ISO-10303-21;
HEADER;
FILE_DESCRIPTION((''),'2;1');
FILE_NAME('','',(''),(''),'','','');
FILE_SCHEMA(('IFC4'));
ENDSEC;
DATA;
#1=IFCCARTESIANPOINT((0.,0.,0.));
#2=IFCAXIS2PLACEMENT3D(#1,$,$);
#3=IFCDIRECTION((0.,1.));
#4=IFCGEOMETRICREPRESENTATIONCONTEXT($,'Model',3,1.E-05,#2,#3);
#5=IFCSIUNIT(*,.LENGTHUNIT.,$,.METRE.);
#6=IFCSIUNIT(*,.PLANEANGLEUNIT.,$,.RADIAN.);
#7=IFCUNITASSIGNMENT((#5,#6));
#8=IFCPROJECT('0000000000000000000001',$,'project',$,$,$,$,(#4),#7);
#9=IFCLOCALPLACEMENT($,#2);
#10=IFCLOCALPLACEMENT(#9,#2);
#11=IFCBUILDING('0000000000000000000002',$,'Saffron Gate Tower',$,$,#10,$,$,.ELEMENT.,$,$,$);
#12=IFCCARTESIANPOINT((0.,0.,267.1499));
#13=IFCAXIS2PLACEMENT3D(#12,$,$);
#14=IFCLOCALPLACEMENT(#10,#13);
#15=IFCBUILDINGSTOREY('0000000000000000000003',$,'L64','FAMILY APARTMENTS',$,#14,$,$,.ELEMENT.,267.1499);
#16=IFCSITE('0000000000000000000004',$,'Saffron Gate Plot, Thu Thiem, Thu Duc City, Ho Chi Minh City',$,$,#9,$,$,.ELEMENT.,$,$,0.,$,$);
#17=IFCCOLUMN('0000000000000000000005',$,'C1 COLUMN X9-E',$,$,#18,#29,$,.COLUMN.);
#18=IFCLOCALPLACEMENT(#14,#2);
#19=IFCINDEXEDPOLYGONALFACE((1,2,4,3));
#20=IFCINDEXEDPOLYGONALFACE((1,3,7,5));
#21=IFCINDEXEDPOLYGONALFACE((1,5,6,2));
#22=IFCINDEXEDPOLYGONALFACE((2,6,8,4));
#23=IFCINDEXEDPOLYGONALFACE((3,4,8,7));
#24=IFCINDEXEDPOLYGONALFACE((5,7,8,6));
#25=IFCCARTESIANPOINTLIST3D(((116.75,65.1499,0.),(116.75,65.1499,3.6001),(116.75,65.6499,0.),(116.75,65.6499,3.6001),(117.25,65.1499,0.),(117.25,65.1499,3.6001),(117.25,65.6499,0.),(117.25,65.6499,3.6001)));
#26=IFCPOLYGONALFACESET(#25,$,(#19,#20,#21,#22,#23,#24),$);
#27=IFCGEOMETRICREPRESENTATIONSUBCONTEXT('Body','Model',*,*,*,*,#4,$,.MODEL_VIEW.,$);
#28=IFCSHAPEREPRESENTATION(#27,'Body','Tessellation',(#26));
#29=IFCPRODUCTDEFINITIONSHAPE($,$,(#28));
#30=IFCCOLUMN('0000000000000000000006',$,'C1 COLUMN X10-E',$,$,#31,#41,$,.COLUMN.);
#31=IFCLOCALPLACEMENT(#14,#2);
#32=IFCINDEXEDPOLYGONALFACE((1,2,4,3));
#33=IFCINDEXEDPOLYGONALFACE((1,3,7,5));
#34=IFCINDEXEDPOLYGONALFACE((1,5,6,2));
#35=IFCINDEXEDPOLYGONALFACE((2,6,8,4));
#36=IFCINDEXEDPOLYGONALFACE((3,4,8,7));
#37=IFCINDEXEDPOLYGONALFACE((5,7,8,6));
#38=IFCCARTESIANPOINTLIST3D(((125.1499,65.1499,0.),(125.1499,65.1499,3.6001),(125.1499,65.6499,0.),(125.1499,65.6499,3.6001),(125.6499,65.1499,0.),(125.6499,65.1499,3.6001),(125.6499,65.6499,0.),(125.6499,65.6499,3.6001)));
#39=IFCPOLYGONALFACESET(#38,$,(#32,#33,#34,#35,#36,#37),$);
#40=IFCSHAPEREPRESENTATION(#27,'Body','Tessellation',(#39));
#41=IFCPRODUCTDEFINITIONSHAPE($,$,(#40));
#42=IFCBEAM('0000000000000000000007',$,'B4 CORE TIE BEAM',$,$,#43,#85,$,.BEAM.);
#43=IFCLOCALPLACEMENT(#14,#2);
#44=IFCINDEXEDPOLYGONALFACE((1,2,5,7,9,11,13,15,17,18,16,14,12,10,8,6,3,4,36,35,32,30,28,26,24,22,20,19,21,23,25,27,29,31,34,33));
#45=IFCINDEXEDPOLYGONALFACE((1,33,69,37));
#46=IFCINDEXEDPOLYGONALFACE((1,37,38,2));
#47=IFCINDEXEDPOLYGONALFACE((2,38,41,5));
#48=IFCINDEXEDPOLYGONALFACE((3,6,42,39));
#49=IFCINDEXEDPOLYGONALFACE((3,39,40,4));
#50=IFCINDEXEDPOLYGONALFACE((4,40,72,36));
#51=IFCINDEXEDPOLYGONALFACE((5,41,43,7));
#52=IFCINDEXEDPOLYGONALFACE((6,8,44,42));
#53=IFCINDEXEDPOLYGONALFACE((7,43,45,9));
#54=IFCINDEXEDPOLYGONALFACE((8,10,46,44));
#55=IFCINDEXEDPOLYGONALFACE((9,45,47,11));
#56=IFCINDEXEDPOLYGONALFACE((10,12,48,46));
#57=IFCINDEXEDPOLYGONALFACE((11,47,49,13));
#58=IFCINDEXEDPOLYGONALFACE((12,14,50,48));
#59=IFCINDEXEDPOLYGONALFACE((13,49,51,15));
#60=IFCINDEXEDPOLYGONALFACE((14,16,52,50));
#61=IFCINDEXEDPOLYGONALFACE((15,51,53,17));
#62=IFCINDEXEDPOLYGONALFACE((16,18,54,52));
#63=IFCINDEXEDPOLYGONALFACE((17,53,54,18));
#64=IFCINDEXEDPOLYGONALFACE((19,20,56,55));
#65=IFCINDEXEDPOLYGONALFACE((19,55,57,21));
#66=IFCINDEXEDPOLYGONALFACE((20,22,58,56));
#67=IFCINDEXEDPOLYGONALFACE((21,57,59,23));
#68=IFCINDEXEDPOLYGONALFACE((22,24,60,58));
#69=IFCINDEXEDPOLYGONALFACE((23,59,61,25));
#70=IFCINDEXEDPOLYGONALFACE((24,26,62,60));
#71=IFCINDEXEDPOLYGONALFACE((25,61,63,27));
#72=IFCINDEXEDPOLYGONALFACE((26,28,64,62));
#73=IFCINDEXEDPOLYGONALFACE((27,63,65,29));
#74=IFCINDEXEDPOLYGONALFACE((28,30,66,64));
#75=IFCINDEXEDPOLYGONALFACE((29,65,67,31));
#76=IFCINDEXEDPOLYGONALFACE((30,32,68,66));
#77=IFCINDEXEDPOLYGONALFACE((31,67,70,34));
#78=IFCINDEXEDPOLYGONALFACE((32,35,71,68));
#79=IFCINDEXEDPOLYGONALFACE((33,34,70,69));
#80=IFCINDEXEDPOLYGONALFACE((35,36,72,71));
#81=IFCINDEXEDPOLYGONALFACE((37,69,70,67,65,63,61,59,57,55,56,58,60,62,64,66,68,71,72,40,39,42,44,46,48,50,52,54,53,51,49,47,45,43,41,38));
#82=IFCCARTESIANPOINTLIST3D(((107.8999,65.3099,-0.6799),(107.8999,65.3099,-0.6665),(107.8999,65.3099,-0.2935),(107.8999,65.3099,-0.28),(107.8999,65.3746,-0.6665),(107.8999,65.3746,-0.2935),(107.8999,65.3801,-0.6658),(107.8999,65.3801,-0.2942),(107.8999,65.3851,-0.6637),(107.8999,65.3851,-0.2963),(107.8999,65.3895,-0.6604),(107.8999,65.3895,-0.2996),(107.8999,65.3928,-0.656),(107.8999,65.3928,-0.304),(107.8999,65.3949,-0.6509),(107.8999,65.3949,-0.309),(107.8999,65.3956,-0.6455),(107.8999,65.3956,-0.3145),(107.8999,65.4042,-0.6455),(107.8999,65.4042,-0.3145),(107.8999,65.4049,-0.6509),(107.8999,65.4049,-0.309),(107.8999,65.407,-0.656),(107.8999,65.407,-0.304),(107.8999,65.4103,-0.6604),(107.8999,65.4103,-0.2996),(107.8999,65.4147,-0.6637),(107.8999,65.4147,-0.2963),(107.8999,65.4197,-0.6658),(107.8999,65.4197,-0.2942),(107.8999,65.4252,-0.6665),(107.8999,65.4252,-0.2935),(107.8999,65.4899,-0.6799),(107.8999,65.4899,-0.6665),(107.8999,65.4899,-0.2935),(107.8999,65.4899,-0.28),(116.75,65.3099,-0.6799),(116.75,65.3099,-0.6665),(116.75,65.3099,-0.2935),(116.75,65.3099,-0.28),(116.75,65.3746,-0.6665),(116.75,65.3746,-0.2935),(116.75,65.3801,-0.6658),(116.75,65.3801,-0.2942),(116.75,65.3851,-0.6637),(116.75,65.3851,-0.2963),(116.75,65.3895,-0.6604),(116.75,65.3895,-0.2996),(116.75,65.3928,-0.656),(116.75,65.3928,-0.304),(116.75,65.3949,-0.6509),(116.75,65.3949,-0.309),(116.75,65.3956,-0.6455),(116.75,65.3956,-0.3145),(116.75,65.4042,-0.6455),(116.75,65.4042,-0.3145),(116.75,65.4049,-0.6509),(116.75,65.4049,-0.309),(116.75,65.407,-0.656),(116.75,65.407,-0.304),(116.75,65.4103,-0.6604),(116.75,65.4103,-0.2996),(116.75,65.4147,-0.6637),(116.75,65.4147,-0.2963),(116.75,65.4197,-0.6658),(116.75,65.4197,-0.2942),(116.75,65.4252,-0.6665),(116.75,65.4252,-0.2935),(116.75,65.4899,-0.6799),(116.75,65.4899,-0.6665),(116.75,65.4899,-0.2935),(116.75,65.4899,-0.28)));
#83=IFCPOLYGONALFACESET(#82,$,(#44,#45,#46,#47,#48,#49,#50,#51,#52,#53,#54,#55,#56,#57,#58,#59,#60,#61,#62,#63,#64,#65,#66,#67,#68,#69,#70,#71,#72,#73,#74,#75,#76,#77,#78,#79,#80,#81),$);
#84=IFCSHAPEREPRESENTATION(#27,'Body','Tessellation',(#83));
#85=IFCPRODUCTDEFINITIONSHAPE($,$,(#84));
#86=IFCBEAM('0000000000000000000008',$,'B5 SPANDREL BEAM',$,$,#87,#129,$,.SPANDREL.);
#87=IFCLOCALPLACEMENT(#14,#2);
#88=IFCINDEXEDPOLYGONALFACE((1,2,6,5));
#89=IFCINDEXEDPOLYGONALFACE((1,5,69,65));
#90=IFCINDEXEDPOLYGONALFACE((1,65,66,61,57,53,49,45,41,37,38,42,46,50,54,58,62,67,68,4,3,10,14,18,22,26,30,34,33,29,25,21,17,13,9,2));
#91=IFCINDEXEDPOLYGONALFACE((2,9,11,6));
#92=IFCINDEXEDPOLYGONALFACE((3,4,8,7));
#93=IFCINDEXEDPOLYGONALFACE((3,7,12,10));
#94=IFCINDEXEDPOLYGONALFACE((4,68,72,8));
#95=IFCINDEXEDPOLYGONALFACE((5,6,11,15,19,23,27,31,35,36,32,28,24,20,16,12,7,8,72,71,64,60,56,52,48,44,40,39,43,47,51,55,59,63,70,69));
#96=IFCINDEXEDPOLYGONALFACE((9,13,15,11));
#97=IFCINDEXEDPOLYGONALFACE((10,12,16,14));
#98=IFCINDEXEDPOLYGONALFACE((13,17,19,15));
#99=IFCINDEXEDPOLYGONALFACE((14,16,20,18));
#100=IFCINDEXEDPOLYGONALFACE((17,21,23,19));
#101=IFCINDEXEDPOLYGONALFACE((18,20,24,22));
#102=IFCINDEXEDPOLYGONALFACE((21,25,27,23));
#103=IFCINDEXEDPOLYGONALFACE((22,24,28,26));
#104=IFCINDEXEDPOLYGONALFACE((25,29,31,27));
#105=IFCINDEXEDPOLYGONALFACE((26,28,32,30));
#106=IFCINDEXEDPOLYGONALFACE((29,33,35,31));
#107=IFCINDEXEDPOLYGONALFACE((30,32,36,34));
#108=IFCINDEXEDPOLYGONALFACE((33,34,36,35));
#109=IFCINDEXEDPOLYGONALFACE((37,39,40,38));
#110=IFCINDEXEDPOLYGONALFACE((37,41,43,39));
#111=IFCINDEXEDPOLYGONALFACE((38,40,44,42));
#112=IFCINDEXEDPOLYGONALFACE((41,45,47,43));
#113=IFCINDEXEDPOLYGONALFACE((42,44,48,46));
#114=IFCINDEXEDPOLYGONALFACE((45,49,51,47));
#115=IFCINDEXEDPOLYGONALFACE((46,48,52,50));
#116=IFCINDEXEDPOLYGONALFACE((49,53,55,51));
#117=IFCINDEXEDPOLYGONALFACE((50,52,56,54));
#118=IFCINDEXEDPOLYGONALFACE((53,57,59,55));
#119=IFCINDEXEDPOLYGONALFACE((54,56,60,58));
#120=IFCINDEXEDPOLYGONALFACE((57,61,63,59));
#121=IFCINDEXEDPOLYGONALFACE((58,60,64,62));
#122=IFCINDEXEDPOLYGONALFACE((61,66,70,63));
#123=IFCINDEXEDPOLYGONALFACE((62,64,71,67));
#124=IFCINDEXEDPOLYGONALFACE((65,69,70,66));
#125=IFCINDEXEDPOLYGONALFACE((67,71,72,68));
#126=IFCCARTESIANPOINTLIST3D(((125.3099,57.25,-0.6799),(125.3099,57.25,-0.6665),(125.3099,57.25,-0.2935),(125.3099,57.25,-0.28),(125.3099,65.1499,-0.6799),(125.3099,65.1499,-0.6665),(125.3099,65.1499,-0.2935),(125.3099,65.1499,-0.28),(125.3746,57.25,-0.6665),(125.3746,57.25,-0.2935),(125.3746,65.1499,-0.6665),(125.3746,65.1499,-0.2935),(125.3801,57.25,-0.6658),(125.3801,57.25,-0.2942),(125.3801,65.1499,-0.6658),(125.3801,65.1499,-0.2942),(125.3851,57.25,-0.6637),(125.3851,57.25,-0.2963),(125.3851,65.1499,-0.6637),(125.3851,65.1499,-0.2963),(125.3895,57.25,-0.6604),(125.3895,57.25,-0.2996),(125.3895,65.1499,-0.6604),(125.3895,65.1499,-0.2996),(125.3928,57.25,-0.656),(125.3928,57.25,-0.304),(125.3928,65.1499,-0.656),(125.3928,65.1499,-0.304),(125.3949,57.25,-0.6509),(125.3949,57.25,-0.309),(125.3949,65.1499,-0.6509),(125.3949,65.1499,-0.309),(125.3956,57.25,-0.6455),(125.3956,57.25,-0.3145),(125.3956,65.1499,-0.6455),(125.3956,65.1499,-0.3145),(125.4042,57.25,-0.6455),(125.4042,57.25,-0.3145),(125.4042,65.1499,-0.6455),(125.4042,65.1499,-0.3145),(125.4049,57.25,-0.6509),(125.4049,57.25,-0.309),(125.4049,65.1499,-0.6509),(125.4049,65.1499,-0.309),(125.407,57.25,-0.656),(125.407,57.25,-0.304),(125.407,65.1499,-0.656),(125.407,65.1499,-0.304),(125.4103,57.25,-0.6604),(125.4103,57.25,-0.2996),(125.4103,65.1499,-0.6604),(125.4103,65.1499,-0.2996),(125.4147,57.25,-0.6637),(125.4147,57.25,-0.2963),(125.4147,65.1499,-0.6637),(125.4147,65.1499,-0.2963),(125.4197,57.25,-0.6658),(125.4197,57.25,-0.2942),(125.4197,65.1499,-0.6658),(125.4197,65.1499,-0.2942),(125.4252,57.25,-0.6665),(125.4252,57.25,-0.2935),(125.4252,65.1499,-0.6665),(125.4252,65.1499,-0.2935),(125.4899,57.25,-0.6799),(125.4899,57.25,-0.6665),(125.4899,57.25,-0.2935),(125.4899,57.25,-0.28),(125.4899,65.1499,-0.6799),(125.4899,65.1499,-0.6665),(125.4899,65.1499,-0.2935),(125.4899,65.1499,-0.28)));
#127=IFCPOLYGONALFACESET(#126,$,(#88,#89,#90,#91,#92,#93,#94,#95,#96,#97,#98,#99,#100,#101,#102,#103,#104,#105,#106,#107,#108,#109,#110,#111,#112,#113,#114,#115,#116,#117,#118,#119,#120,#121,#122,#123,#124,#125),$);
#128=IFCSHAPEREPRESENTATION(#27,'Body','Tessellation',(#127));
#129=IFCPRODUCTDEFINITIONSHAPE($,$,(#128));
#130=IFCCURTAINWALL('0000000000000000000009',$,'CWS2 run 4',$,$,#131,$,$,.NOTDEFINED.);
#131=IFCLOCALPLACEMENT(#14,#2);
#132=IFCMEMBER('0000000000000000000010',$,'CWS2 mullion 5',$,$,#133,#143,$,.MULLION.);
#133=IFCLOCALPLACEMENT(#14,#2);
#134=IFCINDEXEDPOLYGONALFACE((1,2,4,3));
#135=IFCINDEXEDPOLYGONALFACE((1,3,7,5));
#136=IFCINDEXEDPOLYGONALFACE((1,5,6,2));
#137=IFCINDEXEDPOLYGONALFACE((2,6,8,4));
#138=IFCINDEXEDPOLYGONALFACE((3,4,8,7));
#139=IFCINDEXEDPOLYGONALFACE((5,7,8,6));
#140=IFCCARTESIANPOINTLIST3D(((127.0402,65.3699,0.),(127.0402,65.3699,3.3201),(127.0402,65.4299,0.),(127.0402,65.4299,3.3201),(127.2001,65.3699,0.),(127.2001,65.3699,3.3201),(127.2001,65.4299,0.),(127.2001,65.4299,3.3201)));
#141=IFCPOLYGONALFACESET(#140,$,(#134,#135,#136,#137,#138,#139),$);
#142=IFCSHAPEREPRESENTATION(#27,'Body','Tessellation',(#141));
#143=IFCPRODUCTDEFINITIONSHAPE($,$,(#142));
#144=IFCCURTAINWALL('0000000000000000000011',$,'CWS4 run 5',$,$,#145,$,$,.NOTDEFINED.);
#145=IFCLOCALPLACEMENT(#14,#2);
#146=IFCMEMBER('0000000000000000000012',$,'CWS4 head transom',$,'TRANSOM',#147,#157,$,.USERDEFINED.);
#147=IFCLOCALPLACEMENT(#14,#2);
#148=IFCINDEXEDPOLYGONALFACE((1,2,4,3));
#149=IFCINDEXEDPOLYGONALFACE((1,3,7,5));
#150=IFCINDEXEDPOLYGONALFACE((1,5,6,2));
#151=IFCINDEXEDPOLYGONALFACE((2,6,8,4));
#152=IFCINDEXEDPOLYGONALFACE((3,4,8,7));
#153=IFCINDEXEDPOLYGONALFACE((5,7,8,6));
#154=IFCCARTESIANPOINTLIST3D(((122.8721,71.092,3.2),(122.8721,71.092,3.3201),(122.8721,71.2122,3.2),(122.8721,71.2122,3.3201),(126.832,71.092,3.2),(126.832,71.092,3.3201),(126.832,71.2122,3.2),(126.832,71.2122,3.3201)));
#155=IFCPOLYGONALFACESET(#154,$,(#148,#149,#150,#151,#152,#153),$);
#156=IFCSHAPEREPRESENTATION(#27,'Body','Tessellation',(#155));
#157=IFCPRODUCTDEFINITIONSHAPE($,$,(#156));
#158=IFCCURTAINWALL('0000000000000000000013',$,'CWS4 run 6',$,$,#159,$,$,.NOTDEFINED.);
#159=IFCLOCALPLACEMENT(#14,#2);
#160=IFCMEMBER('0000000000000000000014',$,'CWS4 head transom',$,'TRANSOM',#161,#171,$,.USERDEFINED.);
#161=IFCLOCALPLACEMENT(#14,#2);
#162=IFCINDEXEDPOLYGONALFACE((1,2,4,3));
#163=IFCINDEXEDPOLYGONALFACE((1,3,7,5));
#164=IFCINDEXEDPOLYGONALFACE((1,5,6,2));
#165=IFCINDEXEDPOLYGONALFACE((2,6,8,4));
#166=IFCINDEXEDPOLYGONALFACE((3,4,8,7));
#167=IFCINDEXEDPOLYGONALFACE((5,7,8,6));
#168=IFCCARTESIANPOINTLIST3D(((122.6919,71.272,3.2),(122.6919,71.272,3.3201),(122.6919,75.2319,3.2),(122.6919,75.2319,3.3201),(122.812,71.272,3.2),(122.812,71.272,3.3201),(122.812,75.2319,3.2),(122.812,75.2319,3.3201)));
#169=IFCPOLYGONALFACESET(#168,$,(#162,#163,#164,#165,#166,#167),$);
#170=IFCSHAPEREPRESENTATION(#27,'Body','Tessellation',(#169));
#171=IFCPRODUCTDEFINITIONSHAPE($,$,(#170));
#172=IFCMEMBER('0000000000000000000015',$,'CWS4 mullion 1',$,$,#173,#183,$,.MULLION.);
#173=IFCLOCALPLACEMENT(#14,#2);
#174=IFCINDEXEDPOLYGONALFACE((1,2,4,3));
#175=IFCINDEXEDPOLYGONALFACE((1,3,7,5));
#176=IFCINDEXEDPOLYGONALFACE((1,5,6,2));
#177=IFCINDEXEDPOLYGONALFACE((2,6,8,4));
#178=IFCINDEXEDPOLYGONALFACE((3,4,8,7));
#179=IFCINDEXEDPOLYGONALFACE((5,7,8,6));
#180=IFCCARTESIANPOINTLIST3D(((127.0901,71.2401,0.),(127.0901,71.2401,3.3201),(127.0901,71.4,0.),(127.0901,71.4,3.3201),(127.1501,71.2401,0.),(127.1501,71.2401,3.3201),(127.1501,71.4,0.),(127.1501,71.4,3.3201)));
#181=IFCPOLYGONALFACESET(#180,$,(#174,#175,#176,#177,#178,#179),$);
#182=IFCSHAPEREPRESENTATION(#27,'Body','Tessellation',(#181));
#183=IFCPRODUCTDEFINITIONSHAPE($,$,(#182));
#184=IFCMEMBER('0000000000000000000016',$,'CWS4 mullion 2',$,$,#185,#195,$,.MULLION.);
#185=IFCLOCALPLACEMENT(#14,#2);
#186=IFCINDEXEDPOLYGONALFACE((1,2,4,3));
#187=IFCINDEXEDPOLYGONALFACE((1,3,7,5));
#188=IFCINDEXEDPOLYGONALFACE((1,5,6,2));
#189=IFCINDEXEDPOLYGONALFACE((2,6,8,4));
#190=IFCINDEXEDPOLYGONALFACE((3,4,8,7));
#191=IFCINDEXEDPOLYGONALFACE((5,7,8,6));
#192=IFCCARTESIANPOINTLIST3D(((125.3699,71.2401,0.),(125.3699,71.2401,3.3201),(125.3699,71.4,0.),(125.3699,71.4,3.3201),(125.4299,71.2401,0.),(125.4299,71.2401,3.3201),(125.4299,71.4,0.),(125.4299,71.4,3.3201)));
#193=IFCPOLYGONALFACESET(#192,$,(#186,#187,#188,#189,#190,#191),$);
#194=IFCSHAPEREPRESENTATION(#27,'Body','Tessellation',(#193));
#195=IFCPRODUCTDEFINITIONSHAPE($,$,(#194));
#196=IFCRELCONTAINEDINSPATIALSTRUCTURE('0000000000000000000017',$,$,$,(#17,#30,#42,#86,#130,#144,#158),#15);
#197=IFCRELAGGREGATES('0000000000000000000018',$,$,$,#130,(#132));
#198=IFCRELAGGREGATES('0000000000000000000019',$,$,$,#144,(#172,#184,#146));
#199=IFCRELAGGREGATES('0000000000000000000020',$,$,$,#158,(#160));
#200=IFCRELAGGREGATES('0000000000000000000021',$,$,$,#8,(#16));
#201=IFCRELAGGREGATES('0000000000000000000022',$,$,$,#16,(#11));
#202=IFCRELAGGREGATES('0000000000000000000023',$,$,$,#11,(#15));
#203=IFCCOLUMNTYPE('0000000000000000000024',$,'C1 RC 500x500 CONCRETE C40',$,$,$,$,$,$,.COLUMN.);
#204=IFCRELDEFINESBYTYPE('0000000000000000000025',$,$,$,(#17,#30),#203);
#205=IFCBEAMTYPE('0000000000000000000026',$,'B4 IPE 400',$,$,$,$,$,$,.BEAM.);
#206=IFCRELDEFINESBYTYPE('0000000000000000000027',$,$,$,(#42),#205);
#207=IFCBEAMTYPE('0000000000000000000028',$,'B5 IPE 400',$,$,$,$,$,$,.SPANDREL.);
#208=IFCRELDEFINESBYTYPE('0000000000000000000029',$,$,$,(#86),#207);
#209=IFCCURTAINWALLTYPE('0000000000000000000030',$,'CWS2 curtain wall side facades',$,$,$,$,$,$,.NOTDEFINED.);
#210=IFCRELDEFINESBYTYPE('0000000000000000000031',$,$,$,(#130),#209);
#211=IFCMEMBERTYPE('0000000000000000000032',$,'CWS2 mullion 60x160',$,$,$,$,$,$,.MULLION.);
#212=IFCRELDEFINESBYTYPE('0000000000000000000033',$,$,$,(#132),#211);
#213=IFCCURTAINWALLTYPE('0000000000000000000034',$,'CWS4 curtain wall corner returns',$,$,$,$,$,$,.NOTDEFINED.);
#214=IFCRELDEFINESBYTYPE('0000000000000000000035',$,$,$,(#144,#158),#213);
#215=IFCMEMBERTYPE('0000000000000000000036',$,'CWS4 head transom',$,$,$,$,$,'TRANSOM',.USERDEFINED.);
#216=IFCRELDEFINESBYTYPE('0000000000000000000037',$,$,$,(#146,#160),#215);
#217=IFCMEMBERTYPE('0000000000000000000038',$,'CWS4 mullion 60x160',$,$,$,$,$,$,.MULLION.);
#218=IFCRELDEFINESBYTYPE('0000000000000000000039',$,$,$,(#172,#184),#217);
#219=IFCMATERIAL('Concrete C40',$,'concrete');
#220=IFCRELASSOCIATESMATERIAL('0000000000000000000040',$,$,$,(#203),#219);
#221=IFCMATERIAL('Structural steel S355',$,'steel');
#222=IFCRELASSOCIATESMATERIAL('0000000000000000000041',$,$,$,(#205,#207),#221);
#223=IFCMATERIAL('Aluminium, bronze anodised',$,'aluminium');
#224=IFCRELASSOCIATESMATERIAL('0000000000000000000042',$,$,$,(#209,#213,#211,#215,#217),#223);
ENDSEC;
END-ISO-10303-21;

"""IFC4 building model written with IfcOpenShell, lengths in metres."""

from ifc_helpers import new_model, si_unit, direction, frame, origin, origin_2d, place, context, subcontext, project, spatial, rectangle, i_section, extrude, material, material_profile, profile_set, type_object, element, aggregate, save


model = new_model("IFC4")

# Units and contexts
model_context = context("Model", 3, precision=1e-05, world=origin(), true_north=direction((0.0, 1.0)))
body_context = subcontext(model_context, "Body", "Model", "MODEL_VIEW")
ifc_project = project(units=[si_unit("LENGTHUNIT", "METRE"), si_unit("PLANEANGLEUNIT", "RADIAN")], contexts=[model_context])

# Site, building, storey
site_placement = place(None, origin())
site = spatial("IfcSite", under=ifc_project, at=site_placement, Name="Saffron Gate Plot, Thu Thiem, Thu Duc City, Ho Chi Minh City", CompositionType="ELEMENT", RefElevation=0.0)
building_placement = place(site_placement, origin())
building = spatial("IfcBuilding", under=site, at=building_placement, Name="Saffron Gate Tower", CompositionType="ELEMENT")
storey_placement = place(building_placement, frame((0.0, 0.0, 267.1499)))
storey = spatial("IfcBuildingStorey", under=building, at=storey_placement, Name="L64", Description="FAMILY APARTMENTS", CompositionType="ELEMENT", Elevation=267.1499)

# Columns
ifc_material_1 = material(Name="Concrete C40", Category="concrete")
ifc_material_profile_1 = material_profile(ifc_material_1, rectangle(XDim=0.5, YDim=0.5, at=origin_2d()))
ifc_profile_set_1 = profile_set([ifc_material_profile_1], Name="Concrete C40")
column_type = type_object("IfcColumnType", Name="C1 RC 500x500 CONCRETE C40", PredefinedType="COLUMN", material=ifc_profile_set_1)
for number, where, z_axis, x_axis, name in (
    (1, (117.0, 65.3999, 0.0), (0.0, 0.0, 1.0), (1.0, 0.0, 0.0), "C1 COLUMN X9-E"),
    (2, (125.3999, 65.3999, 0.0), (0.0, 0.0, 1.0), (1.0, 0.0, 0.0), "C1 COLUMN X10-E"),
):
    element("IfcColumn", number, at=place(storey_placement, frame(where, z_axis=z_axis, x_axis=x_axis)), inside=storey, type_object=column_type, Name=name, PredefinedType="COLUMN", context=body_context, shape_type="SweptSolid", body=[
        extrude(rectangle(XDim=0.5, YDim=0.5, at=origin_2d()), origin(), (0.0, 0.0, 1.0), 3.6001),
    ])

# Beams
ifc_material_2 = material(Name="Structural steel S355", Category="steel")
ifc_material_profile_2 = material_profile(ifc_material_2, i_section(OverallWidth=0.1799, OverallDepth=0.3999, WebThickness=0.0085, FlangeThickness=0.0134, FilletRadius=0.021, at=origin_2d()))
ifc_profile_set_2 = profile_set([ifc_material_profile_2], Name="Structural steel S355")
beam_type_1 = type_object("IfcBeamType", Name="B4 IPE 400", PredefinedType="BEAM", material=ifc_profile_set_2)
beam_1_placement = place(storey_placement, frame((116.75, 65.3999, -0.48), z_axis=(-1.0, 0.0, 0.0), x_axis=(0.0, -1.0, 0.0)))
element("IfcBeam", 3, at=beam_1_placement, inside=storey, type_object=beam_type_1, Name="B4 CORE TIE BEAM", PredefinedType="BEAM", context=body_context, shape_type="SweptSolid", body=[
    extrude(i_section(OverallWidth=0.1799, OverallDepth=0.3999, WebThickness=0.0085, FlangeThickness=0.0134, FilletRadius=0.021, at=origin_2d()), origin(), (0.0, 0.0, 1.0), 8.8501),
])
ifc_material_profile_3 = material_profile(ifc_material_2, i_section(OverallWidth=0.1799, OverallDepth=0.3999, WebThickness=0.0085, FlangeThickness=0.0134, FilletRadius=0.021, at=origin_2d()))
ifc_profile_set_3 = profile_set([ifc_material_profile_3], Name="Structural steel S355")
beam_type_2 = type_object("IfcBeamType", Name="B5 IPE 400", PredefinedType="SPANDREL", material=ifc_profile_set_3)
beam_2_placement = place(storey_placement, frame((125.3999, 57.25, -0.48), z_axis=(0.0, 1.0, 0.0), x_axis=(-1.0, 0.0, 0.0)))
element("IfcBeam", 4, at=beam_2_placement, inside=storey, type_object=beam_type_2, Name="B5 SPANDREL BEAM", PredefinedType="SPANDREL", context=body_context, shape_type="SweptSolid", body=[
    extrude(i_section(OverallWidth=0.1799, OverallDepth=0.3999, WebThickness=0.0085, FlangeThickness=0.0134, FilletRadius=0.021, at=origin_2d()), origin(), (0.0, 0.0, 1.0), 7.8999),
])

# Curtain walls, members
ifc_material_3 = material(Name="Aluminium, bronze anodised", Category="aluminium")
curtain_wall_type_1 = type_object("IfcCurtainWallType", Name="CWS2 curtain wall side facades", PredefinedType="NOTDEFINED", material=ifc_material_3)
curtain_wall_1_placement = place(storey_placement, origin())
curtain_wall_1 = element("IfcCurtainWall", 5, at=curtain_wall_1_placement, inside=storey, type_object=curtain_wall_type_1, Name="CWS2 run 4", PredefinedType="NOTDEFINED")
ifc_material_profile_4 = material_profile(ifc_material_3, rectangle(XDim=0.1599, YDim=0.0601, at=origin_2d()))
ifc_profile_set_4 = profile_set([ifc_material_profile_4], Name="Aluminium, bronze anodised")
member_type_1 = type_object("IfcMemberType", Name="CWS2 mullion 60x160", PredefinedType="MULLION", material=ifc_profile_set_4)
member_1_placement = place(storey_placement, frame((127.1201, 65.3999, 0.0), z_axis=(0.0, 0.0, 1.0), x_axis=(-1.0, 0.0, 0.0)))
member_1 = element("IfcMember", 6, at=member_1_placement, type_object=member_type_1, Name="CWS2 mullion 5", PredefinedType="MULLION", context=body_context, shape_type="SweptSolid", body=[
    extrude(rectangle(XDim=0.1599, YDim=0.0601, at=origin_2d()), origin(), (0.0, 0.0, 1.0), 3.3201),
])
aggregate(curtain_wall_1, [member_1])
curtain_wall_type_2 = type_object("IfcCurtainWallType", Name="CWS4 curtain wall corner returns", PredefinedType="NOTDEFINED", material=ifc_material_3)
curtain_wall_2_placement = place(storey_placement, origin())
curtain_wall_2 = element("IfcCurtainWall", 7, at=curtain_wall_2_placement, inside=storey, type_object=curtain_wall_type_2, Name="CWS4 run 5", PredefinedType="NOTDEFINED")
ifc_material_profile_5 = material_profile(ifc_material_3, rectangle(XDim=0.1201, YDim=0.1201, at=origin_2d()))
ifc_profile_set_5 = profile_set([ifc_material_profile_5], Name="Aluminium, bronze anodised")
member_type_2 = type_object("IfcMemberType", Name="CWS4 head transom", ElementType="TRANSOM", PredefinedType="USERDEFINED", material=ifc_profile_set_5)
member_2_placement = place(storey_placement, frame((126.832, 71.1521, 3.26), z_axis=(-1.0, 0.0, 0.0), x_axis=(0.0, -1.0, 0.0)))
member_2 = element("IfcMember", 8, at=member_2_placement, type_object=member_type_2, Name="CWS4 head transom", ObjectType="TRANSOM", PredefinedType="USERDEFINED", context=body_context, shape_type="SweptSolid", body=[
    extrude(rectangle(XDim=0.1201, YDim=0.1201, at=origin_2d()), origin(), (0.0, 0.0, 1.0), 3.96),
])
curtain_wall_3_placement = place(storey_placement, origin())
curtain_wall_3 = element("IfcCurtainWall", 9, at=curtain_wall_3_placement, inside=storey, type_object=curtain_wall_type_2, Name="CWS4 run 6", PredefinedType="NOTDEFINED")
member_3_placement = place(storey_placement, frame((122.752, 71.272, 3.26), z_axis=(0.0, 1.0, 0.0), x_axis=(-1.0, 0.0, 0.0)))
member_3 = element("IfcMember", 10, at=member_3_placement, type_object=member_type_2, Name="CWS4 head transom", ObjectType="TRANSOM", PredefinedType="USERDEFINED", context=body_context, shape_type="SweptSolid", body=[
    extrude(rectangle(XDim=0.1201, YDim=0.1201, at=origin_2d()), origin(), (0.0, 0.0, 1.0), 3.96),
])

# Members
ifc_material_profile_6 = material_profile(ifc_material_3, rectangle(XDim=0.1599, YDim=0.0601, at=origin_2d()))
ifc_profile_set_6 = profile_set([ifc_material_profile_6], Name="Aluminium, bronze anodised")
member_type_3 = type_object("IfcMemberType", Name="CWS4 mullion 60x160", PredefinedType="MULLION", material=ifc_profile_set_6)
member_4_placement = place(storey_placement, frame((127.1201, 71.3201, 0.0), z_axis=(0.0, 0.0, 1.0), x_axis=(0.0, -1.0, 0.0)))
member_4 = element("IfcMember", 11, at=member_4_placement, type_object=member_type_3, Name="CWS4 mullion 1", PredefinedType="MULLION", context=body_context, shape_type="SweptSolid", body=[
    extrude(rectangle(XDim=0.1599, YDim=0.0601, at=origin_2d()), origin(), (0.0, 0.0, 1.0), 3.3201),
])
member_5_placement = place(storey_placement, frame((125.3999, 71.3201, 0.0), z_axis=(0.0, 0.0, 1.0), x_axis=(0.0, -1.0, 0.0)))
member_5 = element("IfcMember", 12, at=member_5_placement, type_object=member_type_3, Name="CWS4 mullion 2", PredefinedType="MULLION", context=body_context, shape_type="SweptSolid", body=[
    extrude(rectangle(XDim=0.1599, YDim=0.0601, at=origin_2d()), origin(), (0.0, 0.0, 1.0), 3.3201),
])

aggregate(curtain_wall_2, [member_4, member_5, member_2])
aggregate(curtain_wall_3, [member_3])

save(model, "model.ifc")
